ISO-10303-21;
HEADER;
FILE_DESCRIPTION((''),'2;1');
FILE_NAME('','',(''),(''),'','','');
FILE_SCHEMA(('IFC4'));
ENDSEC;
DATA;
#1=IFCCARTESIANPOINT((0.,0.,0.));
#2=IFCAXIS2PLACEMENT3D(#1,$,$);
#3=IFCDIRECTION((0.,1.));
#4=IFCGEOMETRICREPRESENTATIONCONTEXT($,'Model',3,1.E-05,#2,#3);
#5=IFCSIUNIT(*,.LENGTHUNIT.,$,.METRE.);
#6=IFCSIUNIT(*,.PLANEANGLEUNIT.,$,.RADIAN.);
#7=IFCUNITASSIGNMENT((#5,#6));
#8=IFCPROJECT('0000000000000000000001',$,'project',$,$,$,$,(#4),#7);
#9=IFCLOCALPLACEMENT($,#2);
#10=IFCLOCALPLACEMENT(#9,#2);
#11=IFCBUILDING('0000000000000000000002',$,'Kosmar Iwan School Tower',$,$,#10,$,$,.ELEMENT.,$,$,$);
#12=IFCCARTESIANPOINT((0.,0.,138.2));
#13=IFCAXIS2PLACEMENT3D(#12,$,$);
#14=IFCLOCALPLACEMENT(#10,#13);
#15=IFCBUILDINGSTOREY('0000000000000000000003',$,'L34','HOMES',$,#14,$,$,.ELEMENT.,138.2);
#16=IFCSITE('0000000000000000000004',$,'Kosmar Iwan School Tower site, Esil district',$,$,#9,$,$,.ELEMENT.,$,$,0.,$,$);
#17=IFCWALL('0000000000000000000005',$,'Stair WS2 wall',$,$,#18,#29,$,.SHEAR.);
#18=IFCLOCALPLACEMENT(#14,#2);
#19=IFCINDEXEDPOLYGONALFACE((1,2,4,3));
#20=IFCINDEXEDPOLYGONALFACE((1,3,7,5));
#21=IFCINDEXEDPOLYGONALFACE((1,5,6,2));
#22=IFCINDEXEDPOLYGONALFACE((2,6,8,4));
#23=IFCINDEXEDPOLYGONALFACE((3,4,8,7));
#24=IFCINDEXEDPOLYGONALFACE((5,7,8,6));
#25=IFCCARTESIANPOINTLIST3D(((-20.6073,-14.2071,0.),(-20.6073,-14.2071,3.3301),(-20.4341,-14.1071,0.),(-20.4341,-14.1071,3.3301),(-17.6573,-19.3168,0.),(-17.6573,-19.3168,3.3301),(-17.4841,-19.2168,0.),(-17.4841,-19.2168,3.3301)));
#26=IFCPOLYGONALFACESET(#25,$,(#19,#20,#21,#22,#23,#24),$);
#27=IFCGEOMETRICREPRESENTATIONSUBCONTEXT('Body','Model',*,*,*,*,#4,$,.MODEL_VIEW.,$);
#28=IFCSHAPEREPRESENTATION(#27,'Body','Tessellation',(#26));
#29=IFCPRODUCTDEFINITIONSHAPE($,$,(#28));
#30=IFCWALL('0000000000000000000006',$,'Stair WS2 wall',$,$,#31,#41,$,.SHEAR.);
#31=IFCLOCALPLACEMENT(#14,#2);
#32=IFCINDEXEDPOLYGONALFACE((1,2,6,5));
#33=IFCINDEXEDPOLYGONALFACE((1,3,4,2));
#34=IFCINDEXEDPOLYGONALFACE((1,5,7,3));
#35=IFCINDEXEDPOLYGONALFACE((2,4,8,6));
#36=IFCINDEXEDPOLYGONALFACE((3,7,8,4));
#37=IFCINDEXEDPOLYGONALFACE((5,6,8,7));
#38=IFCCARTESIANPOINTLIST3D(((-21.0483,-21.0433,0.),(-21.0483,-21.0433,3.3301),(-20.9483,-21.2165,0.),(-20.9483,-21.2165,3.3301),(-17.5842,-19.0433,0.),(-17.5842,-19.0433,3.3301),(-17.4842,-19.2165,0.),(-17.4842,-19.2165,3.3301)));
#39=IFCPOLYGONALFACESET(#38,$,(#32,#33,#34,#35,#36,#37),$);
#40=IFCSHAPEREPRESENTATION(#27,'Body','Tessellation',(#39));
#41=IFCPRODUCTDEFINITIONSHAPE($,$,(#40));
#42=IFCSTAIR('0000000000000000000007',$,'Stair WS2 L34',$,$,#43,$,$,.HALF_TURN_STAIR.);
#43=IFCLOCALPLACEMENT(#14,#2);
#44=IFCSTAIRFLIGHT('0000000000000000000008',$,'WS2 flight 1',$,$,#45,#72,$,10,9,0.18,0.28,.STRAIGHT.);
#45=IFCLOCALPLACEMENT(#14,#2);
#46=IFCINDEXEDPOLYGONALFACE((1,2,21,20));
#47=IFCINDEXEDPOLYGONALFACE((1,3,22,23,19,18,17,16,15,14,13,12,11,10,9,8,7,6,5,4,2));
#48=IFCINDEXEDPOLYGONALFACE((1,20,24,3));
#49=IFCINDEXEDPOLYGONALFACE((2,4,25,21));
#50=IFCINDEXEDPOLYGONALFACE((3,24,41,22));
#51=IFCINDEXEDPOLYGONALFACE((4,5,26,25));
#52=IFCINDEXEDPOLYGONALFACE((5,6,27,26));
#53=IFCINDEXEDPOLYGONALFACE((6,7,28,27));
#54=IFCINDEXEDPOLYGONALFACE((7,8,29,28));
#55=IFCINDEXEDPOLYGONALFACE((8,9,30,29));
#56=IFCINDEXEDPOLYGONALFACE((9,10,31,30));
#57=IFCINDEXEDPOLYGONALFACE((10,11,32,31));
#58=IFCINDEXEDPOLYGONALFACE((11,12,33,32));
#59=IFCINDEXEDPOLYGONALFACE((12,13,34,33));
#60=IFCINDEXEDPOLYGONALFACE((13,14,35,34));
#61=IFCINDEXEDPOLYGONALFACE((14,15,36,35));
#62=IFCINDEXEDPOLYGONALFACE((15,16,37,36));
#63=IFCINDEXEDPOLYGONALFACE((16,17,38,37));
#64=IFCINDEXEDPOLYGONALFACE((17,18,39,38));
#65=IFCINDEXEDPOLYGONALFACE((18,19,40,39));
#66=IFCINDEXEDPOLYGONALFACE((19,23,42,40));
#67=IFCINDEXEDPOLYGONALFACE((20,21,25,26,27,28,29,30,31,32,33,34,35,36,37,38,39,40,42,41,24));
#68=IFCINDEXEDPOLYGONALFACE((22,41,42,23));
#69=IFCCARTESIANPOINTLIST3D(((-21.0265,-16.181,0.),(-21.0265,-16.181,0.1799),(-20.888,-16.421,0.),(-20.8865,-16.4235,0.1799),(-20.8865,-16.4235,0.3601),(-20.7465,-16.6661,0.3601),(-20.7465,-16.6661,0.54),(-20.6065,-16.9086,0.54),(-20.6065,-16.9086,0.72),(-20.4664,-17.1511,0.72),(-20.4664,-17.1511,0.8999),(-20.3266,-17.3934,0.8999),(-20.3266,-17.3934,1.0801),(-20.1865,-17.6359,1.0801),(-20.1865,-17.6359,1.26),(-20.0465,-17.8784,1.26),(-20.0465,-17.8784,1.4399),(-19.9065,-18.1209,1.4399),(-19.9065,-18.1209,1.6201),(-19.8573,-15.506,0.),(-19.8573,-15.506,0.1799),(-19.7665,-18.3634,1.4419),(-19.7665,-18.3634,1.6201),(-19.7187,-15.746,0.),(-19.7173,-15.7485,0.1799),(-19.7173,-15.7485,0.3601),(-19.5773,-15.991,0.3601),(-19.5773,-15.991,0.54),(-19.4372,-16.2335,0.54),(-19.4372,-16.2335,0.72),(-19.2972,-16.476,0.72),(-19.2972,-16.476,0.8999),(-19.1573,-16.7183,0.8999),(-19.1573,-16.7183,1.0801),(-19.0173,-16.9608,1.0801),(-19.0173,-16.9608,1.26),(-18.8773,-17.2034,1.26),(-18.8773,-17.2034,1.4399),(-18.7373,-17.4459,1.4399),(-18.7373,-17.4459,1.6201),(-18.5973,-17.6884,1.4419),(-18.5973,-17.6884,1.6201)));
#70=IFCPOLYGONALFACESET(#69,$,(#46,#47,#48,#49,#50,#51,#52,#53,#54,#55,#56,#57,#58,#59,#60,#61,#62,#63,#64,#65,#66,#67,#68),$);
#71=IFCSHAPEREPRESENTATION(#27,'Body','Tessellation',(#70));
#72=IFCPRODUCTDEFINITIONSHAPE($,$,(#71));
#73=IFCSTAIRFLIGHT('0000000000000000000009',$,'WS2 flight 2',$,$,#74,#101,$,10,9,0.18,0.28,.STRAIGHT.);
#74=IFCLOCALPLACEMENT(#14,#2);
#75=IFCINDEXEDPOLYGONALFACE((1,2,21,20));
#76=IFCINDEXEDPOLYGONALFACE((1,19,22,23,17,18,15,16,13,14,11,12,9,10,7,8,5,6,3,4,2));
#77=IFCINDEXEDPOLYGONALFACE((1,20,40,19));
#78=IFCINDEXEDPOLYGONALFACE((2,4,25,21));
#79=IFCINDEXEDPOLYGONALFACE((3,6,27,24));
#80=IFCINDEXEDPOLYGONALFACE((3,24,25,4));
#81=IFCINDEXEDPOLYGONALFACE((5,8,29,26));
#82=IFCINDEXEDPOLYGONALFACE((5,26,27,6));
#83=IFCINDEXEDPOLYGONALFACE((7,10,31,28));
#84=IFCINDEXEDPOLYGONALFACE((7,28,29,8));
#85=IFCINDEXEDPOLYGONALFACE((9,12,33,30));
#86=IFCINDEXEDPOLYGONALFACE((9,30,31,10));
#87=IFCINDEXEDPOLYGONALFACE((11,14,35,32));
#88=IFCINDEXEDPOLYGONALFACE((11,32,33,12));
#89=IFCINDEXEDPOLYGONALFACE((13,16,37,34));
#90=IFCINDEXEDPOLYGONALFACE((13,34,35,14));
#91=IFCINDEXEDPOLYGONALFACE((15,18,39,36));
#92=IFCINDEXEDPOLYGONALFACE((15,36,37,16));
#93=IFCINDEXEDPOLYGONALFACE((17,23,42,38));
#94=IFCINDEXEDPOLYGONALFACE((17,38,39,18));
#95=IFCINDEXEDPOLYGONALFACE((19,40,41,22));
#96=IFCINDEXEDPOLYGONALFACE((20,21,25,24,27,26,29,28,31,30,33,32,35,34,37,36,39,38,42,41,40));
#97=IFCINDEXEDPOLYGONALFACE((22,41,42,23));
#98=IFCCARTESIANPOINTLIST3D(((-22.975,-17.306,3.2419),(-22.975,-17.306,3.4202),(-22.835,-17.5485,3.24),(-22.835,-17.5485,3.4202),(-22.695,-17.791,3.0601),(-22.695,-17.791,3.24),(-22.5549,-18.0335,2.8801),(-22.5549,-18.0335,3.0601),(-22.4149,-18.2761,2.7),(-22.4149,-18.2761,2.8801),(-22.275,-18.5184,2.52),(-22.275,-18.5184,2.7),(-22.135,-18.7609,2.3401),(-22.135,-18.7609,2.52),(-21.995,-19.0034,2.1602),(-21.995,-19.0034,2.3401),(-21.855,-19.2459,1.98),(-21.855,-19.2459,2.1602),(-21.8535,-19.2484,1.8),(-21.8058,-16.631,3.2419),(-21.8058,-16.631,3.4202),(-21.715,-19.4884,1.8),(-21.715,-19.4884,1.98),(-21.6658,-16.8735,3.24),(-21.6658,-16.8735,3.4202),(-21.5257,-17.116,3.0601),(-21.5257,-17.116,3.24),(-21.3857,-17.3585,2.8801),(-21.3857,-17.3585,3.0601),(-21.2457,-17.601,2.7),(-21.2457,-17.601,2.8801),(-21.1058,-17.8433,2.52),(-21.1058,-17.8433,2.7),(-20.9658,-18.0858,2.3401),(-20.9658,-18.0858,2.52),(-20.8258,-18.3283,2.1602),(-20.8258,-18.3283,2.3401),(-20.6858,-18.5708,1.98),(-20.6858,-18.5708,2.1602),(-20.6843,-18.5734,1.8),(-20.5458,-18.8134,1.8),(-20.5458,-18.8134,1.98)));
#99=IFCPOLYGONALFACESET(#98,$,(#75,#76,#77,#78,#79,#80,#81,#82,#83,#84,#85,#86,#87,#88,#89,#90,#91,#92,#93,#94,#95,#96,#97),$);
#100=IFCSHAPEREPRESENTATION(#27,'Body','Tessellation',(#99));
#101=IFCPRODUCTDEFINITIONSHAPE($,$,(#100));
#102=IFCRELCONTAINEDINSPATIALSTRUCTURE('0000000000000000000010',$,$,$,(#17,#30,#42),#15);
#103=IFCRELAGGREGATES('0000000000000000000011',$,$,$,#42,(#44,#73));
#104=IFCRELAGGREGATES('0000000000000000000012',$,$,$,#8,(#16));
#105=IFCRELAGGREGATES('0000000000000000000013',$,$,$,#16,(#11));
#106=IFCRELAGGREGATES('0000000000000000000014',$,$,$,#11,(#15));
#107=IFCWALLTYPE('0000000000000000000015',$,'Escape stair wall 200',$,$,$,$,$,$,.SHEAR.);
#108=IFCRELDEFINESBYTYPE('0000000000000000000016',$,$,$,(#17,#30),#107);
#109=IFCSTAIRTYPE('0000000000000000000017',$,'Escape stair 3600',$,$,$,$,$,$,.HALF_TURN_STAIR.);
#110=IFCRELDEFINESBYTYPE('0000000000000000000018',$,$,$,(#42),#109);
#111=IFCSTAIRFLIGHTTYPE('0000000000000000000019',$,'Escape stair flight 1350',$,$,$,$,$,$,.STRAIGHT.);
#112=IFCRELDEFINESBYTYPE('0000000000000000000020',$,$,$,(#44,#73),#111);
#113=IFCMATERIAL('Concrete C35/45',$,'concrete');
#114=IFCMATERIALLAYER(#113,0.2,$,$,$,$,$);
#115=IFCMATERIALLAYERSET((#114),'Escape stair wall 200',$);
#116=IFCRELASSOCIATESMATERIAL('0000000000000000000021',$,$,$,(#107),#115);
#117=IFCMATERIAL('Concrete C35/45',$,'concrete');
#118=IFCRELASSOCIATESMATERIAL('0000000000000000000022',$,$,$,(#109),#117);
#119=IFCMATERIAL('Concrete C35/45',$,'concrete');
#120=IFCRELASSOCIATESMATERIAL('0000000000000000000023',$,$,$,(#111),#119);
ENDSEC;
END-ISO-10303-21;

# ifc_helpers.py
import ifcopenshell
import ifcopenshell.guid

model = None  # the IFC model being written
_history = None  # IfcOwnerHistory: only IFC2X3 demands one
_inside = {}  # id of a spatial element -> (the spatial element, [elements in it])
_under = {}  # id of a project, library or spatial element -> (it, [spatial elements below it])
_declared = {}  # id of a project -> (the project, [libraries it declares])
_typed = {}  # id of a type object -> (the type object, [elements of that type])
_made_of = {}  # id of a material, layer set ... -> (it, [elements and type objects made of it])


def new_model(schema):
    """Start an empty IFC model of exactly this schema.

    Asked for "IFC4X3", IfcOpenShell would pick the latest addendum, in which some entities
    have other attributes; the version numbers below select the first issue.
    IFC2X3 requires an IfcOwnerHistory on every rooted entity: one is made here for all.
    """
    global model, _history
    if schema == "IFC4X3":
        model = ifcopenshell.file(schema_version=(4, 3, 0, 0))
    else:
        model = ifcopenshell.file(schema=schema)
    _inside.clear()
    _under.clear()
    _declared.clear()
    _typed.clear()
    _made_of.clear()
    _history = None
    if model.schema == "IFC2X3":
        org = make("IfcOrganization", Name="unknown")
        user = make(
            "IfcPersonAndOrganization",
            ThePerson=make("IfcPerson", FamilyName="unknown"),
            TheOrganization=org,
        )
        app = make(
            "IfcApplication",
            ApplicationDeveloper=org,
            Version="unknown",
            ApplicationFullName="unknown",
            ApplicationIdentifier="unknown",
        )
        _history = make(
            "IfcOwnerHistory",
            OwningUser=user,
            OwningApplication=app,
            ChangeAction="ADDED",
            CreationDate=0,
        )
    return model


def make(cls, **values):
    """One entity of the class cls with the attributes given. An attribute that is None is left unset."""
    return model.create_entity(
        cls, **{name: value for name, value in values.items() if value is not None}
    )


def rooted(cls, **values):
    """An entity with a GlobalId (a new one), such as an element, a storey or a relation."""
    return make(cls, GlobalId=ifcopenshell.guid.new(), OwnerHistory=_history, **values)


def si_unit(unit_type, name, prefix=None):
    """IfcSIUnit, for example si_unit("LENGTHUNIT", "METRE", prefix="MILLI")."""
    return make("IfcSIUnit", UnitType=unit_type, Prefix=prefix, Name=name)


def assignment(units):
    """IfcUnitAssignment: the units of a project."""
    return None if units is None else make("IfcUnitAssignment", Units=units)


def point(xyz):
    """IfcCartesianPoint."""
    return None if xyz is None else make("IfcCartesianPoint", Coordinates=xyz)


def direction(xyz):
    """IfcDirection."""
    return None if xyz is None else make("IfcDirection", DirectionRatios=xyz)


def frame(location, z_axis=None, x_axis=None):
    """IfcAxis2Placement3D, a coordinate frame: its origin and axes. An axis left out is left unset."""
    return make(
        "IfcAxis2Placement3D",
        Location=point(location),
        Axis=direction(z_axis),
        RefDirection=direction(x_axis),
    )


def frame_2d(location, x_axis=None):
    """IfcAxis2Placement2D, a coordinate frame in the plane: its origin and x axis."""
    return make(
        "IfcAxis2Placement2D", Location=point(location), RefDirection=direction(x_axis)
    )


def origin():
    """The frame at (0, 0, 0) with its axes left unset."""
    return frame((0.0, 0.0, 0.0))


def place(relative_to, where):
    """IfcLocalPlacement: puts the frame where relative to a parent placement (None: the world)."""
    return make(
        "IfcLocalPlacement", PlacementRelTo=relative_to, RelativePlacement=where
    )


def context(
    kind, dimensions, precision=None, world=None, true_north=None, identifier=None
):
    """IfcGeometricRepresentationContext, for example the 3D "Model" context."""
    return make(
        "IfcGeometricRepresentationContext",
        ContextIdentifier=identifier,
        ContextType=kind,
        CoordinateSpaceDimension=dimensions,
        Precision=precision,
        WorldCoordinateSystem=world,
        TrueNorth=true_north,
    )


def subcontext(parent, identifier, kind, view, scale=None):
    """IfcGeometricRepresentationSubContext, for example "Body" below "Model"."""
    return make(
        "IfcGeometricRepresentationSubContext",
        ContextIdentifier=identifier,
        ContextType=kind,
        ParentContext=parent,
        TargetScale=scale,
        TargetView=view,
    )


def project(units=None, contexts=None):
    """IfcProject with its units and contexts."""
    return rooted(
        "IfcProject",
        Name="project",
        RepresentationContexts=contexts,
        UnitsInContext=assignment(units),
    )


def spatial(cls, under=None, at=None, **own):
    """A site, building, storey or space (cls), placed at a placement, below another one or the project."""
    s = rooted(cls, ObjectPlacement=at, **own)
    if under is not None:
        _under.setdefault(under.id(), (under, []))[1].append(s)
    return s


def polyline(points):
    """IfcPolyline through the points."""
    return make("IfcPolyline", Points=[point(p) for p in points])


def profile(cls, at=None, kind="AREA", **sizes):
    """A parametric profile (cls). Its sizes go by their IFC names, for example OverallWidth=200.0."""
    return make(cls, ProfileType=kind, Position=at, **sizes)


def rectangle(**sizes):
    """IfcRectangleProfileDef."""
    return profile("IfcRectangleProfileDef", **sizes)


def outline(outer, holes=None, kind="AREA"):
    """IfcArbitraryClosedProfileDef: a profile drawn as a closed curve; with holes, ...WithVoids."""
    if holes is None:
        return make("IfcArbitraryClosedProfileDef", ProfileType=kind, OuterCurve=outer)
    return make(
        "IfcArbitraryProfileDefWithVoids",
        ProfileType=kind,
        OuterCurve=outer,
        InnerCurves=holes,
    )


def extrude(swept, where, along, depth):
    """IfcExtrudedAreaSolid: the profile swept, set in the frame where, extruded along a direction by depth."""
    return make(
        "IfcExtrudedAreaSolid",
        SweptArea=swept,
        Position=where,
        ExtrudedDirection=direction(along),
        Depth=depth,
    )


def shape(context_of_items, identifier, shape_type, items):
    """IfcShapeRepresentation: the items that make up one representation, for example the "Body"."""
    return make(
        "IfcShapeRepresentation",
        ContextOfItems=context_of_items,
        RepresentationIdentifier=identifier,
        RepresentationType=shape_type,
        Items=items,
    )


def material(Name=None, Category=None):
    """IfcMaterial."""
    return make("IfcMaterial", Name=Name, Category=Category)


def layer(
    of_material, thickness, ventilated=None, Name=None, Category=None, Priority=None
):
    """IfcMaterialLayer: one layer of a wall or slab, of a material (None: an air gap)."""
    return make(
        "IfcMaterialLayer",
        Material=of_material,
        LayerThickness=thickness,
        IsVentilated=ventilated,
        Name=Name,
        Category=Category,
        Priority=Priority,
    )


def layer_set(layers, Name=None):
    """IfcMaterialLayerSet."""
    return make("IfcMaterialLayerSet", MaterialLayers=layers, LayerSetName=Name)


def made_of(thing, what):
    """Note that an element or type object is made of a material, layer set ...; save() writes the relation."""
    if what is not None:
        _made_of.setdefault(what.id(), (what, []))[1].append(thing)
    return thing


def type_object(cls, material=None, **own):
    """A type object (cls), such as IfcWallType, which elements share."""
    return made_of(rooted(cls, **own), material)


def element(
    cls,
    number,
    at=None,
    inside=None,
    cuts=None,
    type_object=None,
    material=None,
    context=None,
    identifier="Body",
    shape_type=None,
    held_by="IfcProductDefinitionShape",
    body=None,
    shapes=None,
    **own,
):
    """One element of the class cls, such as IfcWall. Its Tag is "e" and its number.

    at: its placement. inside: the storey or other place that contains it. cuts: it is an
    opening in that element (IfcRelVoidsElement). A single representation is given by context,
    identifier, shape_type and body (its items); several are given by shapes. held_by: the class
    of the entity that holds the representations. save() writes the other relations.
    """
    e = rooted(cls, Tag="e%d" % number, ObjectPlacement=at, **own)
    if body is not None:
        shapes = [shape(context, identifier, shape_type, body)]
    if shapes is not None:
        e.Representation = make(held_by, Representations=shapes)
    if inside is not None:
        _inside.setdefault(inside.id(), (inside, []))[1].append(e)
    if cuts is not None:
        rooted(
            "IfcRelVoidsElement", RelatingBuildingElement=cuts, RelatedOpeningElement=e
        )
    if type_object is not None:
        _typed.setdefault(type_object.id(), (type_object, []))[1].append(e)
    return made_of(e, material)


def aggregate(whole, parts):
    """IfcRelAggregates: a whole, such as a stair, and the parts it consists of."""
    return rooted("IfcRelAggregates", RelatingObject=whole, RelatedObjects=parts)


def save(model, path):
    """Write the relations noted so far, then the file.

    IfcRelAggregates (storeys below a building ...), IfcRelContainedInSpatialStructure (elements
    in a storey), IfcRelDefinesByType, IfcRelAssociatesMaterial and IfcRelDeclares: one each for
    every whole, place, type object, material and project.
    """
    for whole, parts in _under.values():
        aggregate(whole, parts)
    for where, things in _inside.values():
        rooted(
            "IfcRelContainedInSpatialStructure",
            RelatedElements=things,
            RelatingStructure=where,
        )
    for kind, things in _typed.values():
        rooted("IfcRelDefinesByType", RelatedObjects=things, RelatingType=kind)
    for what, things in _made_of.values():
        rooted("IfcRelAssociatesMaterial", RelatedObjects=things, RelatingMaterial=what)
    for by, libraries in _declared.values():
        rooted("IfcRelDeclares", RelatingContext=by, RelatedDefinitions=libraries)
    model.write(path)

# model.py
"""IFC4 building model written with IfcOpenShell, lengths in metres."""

from ifc_helpers import new_model, si_unit, direction, frame, frame_2d, origin, place, context, subcontext, project, spatial, polyline, rectangle, outline, extrude, material, layer, layer_set, type_object, element, aggregate, save


model = new_model("IFC4")

# Units and contexts
model_context = context("Model", 3, precision=1e-05, world=origin(), true_north=direction((0.0, 1.0)))
body_context = subcontext(model_context, "Body", "Model", "MODEL_VIEW")
ifc_project = project(units=[si_unit("LENGTHUNIT", "METRE"), si_unit("PLANEANGLEUNIT", "RADIAN")], contexts=[model_context])

# Site, building, storey
site_placement = place(None, origin())
site = spatial("IfcSite", under=ifc_project, at=site_placement, Name="Kosmar Iwan School Tower site, Esil district", CompositionType="ELEMENT", RefElevation=0.0)
building_placement = place(site_placement, origin())
building = spatial("IfcBuilding", under=site, at=building_placement, Name="Kosmar Iwan School Tower", CompositionType="ELEMENT")
storey_placement = place(building_placement, frame((0.0, 0.0, 138.2)))
storey = spatial("IfcBuildingStorey", under=building, at=storey_placement, Name="L34", Description="HOMES", CompositionType="ELEMENT", Elevation=138.2)

# Walls
ifc_material_1 = material(Name="Concrete C35/45", Category="concrete")
ifc_layer_1 = layer(ifc_material_1, 0.2)
ifc_layer_set_1 = layer_set([ifc_layer_1], Name="Escape stair wall 200")
wall_type_1 = type_object("IfcWallType", Name="Escape stair wall 200", PredefinedType="SHEAR", material=ifc_layer_set_1)
wall_1_placement = place(storey_placement, frame((-20.5208, -14.157, 0.0), z_axis=(0.0, 0.0, 1.0), x_axis=(0.499989, -0.866032, 0.0)))
element("IfcWall", 1, at=wall_1_placement, inside=storey, type_object=wall_type_1, Name="Stair WS2 wall", PredefinedType="SHEAR", context=body_context, shape_type="SweptSolid", body=[
    extrude(rectangle(XDim=5.9001, YDim=0.2, at=frame_2d((2.9502, 0.0))), origin(), (0.0, 0.0, 1.0), 3.3301),
])
wall_2_placement = place(storey_placement, frame((-17.5342, -19.1299, 0.0), z_axis=(0.0, 0.0, 1.0), x_axis=(-0.866026, -0.499999, 0.0)))
element("IfcWall", 2, at=wall_2_placement, inside=storey, type_object=wall_type_1, Name="Stair WS2 wall", PredefinedType="SHEAR", context=body_context, shape_type="SweptSolid", body=[
    extrude(rectangle(XDim=4.0, YDim=0.2, at=frame_2d((2.0, 0.0))), origin(), (0.0, 0.0, 1.0), 3.3301),
])

# Stair, stair flights
ifc_material_2 = material(Name="Concrete C35/45", Category="concrete")
stair_type = type_object("IfcStairType", Name="Escape stair 3600", PredefinedType="HALF_TURN_STAIR", material=ifc_material_2)
stair_placement = place(storey_placement, origin())
stair = element("IfcStair", 3, at=stair_placement, inside=storey, type_object=stair_type, Name="Stair WS2 L34", PredefinedType="HALF_TURN_STAIR")
ifc_material_3 = material(Name="Concrete C35/45", Category="concrete")
stair_flight_type = type_object("IfcStairFlightType", Name="Escape stair flight 1350", PredefinedType="STRAIGHT", material=ifc_material_3)
stair_flight_1_placement = place(storey_placement, frame((-20.4419, -15.8435, 0.0), z_axis=(0.0, 0.0, 1.0), x_axis=(0.5, -0.866025, 0.0)))
stair_flight_1 = element("IfcStairFlight", 4, at=stair_flight_1_placement, type_object=stair_flight_type, Name="WS2 flight 1", NumberOfRisers=10, NumberOfTreads=9, PredefinedType="STRAIGHT", RiserHeight=0.18, TreadLength=0.28, context=body_context, shape_type="SweptSolid", body=[
    extrude(outline(polyline([(0.0, 0.0), (0.0, 0.1799), (0.28, 0.1799), (0.28, 0.3601), (0.5601, 0.3601), (0.5601, 0.54), (0.8401, 0.54), (0.8401, 0.72), (1.1201, 0.72), (1.1201, 0.8999), (1.3999, 0.8999), (1.3999, 1.0801), (1.6799, 1.0801), (1.6799, 1.26), (1.96, 1.26), (1.96, 1.4399), (2.24, 1.4399), (2.24, 1.6201), (2.52, 1.6201), (2.52, 1.8), (2.52, 1.4419), (0.2771, 0.0), (0.0, 0.0)])), frame((0.0, 0.675, 0.0), z_axis=(0.0, -1.0, 0.0), x_axis=(1.0, 0.0, 0.0)), (0.0, 0.0, 1.0), 1.3501),
])
stair_flight_2_placement = place(storey_placement, frame((-21.1304, -19.1509, 1.8), z_axis=(0.0, 0.0, 1.0), x_axis=(-0.5, 0.866025, 0.0)))
stair_flight_2 = element("IfcStairFlight", 5, at=stair_flight_2_placement, type_object=stair_flight_type, Name="WS2 flight 2", NumberOfRisers=10, NumberOfTreads=9, PredefinedType="STRAIGHT", RiserHeight=0.18, TreadLength=0.28, context=body_context, shape_type="SweptSolid", body=[
    extrude(outline(polyline([(0.0, 0.0), (0.0, 0.1799), (0.28, 0.1799), (0.28, 0.3601), (0.5601, 0.3601), (0.5601, 0.54), (0.8401, 0.54), (0.8401, 0.72), (1.1201, 0.72), (1.1201, 0.8999), (1.3999, 0.8999), (1.3999, 1.0801), (1.6799, 1.0801), (1.6799, 1.26), (1.96, 1.26), (1.96, 1.4399), (2.24, 1.4399), (2.24, 1.6201), (2.52, 1.6201), (2.52, 1.8), (2.52, 1.4419), (0.2771, 0.0), (0.0, 0.0)])), frame((0.0, 0.675, 0.0), z_axis=(0.0, -1.0, 0.0), x_axis=(1.0, 0.0, 0.0)), (0.0, 0.0, 1.0), 1.3501),
])
aggregate(stair, [stair_flight_1, stair_flight_2])

save(model, "model.ifc")
